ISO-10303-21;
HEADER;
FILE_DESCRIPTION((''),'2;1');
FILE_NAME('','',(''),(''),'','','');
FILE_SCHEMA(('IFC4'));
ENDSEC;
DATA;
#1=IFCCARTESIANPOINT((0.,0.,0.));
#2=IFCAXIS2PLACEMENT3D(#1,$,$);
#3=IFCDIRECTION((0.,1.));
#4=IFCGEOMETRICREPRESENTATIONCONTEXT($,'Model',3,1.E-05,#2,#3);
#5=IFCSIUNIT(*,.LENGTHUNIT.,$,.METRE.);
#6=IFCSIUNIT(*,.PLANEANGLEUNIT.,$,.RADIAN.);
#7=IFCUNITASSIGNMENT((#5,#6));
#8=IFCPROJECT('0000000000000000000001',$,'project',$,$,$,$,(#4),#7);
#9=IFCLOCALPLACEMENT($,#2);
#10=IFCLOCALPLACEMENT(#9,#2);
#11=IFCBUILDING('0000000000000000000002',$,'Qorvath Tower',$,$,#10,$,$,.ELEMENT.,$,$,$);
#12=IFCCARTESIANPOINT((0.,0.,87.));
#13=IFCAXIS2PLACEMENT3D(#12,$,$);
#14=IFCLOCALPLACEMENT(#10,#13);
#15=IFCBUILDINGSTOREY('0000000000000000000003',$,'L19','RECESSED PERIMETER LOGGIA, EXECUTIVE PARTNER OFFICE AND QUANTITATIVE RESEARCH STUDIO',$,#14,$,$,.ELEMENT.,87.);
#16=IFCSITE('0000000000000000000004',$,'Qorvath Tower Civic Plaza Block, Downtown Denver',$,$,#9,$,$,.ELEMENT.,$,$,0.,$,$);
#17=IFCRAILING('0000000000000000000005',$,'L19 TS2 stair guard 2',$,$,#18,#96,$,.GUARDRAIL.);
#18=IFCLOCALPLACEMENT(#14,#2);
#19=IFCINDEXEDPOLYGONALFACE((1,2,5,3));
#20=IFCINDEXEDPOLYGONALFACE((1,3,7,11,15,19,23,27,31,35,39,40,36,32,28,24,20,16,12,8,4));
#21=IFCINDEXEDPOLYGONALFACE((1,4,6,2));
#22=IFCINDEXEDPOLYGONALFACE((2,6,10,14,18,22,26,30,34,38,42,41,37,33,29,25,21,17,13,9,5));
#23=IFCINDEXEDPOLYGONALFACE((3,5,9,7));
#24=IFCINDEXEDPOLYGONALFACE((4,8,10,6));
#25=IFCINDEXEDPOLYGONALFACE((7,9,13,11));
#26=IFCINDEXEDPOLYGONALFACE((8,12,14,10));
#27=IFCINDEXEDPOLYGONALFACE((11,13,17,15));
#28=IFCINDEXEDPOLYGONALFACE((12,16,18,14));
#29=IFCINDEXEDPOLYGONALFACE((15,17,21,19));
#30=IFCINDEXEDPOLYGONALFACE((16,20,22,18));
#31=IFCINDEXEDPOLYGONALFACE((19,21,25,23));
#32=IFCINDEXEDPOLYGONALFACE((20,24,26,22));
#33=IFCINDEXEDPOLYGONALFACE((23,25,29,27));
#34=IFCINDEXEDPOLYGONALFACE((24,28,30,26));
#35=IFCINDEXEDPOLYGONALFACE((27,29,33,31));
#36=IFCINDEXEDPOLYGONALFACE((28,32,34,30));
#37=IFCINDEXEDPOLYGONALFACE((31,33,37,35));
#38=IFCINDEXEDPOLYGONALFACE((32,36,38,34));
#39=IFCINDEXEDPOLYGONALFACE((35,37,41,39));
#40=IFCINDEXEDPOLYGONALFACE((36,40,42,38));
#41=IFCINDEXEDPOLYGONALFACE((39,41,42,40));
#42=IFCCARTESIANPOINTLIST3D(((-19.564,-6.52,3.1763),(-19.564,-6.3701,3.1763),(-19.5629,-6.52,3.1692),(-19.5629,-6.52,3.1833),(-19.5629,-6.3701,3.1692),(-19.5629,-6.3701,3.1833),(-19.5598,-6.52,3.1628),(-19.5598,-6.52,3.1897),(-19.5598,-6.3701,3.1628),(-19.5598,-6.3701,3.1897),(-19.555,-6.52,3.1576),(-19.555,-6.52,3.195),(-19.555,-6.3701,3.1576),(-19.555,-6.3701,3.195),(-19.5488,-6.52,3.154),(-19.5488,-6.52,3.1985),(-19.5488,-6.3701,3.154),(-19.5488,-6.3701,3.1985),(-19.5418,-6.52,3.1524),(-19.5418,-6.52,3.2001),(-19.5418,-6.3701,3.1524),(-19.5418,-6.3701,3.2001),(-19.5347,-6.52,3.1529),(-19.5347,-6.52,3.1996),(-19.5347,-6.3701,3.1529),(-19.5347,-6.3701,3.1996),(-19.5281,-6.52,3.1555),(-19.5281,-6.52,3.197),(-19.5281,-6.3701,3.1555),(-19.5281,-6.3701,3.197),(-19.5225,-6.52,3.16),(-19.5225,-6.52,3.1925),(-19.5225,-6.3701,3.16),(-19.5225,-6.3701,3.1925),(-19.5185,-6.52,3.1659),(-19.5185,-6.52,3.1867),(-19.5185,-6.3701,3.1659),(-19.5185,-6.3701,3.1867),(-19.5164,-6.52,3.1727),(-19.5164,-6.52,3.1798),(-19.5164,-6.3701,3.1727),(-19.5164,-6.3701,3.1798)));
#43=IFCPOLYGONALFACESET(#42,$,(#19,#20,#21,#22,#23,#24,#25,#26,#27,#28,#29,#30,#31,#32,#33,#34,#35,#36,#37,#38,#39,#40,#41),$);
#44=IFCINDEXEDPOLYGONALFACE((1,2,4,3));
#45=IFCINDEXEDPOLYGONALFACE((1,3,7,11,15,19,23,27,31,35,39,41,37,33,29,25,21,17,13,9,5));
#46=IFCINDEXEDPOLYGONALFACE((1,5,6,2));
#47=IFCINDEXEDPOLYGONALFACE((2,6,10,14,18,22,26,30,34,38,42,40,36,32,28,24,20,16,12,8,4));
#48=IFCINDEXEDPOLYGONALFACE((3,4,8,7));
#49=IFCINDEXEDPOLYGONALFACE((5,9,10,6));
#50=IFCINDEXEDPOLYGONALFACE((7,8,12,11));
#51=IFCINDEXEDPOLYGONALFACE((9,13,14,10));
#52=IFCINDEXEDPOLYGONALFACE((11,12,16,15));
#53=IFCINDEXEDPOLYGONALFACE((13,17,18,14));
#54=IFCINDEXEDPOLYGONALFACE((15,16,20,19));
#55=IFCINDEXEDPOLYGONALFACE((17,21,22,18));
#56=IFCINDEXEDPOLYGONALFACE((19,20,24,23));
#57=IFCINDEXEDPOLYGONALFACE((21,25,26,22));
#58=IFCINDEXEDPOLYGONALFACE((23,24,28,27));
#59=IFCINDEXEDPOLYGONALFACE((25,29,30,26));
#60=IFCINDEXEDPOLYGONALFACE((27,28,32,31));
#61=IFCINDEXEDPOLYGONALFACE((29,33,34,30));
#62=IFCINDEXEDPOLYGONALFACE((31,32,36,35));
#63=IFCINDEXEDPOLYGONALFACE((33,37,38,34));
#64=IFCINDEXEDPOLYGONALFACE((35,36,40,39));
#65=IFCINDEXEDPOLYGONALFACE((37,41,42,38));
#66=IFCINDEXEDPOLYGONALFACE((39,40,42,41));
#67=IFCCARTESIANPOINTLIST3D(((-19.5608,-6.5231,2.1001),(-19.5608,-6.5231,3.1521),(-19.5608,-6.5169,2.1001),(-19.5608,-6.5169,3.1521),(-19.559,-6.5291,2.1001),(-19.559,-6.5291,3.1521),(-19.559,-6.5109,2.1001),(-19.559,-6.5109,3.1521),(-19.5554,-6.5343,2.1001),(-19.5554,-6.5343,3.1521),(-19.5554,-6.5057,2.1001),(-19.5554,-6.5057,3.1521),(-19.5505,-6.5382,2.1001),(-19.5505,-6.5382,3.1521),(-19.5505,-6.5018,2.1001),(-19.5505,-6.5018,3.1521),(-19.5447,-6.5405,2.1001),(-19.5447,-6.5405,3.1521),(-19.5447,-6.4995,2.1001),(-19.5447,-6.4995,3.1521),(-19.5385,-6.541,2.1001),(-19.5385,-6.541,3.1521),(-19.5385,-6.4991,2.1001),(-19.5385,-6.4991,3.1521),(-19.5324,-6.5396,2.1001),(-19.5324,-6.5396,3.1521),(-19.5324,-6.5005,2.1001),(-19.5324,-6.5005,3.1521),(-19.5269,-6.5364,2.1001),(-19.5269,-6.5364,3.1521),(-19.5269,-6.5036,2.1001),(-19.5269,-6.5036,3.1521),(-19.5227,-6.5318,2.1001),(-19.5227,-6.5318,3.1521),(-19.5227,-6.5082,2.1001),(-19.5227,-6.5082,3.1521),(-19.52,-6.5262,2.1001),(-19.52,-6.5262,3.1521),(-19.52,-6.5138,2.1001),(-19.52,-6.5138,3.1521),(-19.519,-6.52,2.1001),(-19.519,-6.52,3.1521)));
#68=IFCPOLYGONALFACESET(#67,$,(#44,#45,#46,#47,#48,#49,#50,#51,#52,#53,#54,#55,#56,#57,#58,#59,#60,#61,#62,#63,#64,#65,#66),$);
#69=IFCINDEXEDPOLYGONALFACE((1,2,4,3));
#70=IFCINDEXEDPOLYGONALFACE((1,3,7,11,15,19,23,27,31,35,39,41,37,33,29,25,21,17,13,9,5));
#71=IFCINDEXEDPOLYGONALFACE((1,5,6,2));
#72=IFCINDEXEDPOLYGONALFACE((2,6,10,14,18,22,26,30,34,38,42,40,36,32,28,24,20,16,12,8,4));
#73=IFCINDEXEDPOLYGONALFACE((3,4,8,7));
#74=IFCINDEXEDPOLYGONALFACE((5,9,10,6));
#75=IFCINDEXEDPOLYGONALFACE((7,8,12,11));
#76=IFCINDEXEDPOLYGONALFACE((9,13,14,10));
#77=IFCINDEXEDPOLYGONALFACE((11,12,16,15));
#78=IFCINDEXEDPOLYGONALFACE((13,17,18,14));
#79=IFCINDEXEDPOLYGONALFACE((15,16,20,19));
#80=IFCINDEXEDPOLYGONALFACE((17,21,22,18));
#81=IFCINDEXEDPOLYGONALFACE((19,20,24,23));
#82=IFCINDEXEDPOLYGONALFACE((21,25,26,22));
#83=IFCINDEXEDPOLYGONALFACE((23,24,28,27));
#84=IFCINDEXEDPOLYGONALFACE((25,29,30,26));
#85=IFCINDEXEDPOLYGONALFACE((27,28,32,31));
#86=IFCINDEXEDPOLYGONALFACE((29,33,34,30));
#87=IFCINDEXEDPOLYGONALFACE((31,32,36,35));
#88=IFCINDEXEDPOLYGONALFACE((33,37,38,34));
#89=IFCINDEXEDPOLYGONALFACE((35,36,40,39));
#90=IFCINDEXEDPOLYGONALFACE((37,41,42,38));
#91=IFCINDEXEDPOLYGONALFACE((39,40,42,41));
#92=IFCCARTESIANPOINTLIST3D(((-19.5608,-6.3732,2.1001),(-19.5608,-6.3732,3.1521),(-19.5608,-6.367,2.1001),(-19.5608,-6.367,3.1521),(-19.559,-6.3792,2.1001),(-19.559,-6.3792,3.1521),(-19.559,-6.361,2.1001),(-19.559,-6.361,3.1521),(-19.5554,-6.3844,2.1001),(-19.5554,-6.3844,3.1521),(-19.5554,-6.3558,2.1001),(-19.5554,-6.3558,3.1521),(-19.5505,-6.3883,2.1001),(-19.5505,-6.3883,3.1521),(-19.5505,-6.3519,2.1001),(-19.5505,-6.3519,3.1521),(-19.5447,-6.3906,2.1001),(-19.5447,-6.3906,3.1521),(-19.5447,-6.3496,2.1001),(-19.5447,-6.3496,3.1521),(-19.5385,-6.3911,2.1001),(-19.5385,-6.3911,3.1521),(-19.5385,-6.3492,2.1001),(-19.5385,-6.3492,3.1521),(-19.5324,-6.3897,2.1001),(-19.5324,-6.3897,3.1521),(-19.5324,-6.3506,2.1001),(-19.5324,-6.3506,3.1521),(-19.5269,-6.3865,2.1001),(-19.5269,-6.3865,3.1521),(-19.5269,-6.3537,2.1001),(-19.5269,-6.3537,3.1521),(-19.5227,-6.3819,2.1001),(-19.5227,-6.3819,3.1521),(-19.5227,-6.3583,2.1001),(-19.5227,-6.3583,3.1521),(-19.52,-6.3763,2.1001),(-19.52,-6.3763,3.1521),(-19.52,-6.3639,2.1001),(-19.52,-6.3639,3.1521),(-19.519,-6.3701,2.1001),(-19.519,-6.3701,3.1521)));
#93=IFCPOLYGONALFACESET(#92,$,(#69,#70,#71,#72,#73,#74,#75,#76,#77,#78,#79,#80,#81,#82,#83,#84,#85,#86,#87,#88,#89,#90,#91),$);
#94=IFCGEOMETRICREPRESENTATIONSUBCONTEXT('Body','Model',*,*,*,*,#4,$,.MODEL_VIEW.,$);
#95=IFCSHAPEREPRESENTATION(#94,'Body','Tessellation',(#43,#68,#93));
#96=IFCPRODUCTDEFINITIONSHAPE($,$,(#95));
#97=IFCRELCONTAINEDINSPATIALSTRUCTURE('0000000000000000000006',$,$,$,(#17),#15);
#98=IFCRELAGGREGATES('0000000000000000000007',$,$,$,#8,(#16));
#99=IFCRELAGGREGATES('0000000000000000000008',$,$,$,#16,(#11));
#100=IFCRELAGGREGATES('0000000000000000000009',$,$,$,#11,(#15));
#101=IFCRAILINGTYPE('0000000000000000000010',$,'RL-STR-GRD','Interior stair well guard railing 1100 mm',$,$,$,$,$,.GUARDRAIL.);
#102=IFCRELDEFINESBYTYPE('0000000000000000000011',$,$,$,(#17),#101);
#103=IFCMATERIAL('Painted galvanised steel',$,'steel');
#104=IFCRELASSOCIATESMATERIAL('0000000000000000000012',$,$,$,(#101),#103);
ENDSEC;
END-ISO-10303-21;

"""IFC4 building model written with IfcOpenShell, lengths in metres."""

from ifc_helpers import new_model, si_unit, direction, frame, origin, origin_2d, place, context, subcontext, project, spatial, circle, extrude, material, type_object, element, save


model = new_model("IFC4")

# Units and contexts
model_context = context("Model", 3, precision=1e-05, world=origin(), true_north=direction((0.0, 1.0)))
body_context = subcontext(model_context, "Body", "Model", "MODEL_VIEW")
ifc_project = project(units=[si_unit("LENGTHUNIT", "METRE"), si_unit("PLANEANGLEUNIT", "RADIAN")], contexts=[model_context])

# Site, building, storey
site_placement = place(None, origin())
site = spatial("IfcSite", under=ifc_project, at=site_placement, Name="Qorvath Tower Civic Plaza Block, Downtown Denver", CompositionType="ELEMENT", RefElevation=0.0)
building_placement = place(site_placement, origin())
building = spatial("IfcBuilding", under=site, at=building_placement, Name="Qorvath Tower", CompositionType="ELEMENT")
storey_placement = place(building_placement, frame((0.0, 0.0, 87.0)))
storey = spatial("IfcBuildingStorey", under=building, at=storey_placement, Name="L19", Description="RECESSED PERIMETER LOGGIA, EXECUTIVE PARTNER OFFICE AND QUANTITATIVE RESEARCH STUDIO", CompositionType="ELEMENT", Elevation=87.0)

# Railing
ifc_material_1 = material(Name="Painted galvanised steel", Category="steel")
railing_type = type_object("IfcRailingType", Name="RL-STR-GRD", Description="Interior stair well guard railing 1100 mm", PredefinedType="GUARDRAIL", material=ifc_material_1)
railing_1_placement = place(storey_placement, frame((-19.54, -6.52, 2.1001)))
element("IfcRailing", 1, at=railing_1_placement, inside=storey, type_object=railing_type, Name="L19 TS2 stair guard 2", PredefinedType="GUARDRAIL", context=body_context, shape_type="SweptSolid", body=[
    extrude(circle(Radius=0.0239, at=origin_2d()), frame((0.0, 0.0, 1.0762), z_axis=(0.0, 1.0, 0.0), x_axis=(-1.0, 0.0, 0.0)), (0.0, 0.0, 1.0), 0.1499),
    extrude(circle(Radius=0.021, at=origin_2d()), origin(), (0.0, 0.0, 1.0), 1.052),
    extrude(circle(Radius=0.021, at=origin_2d()), frame((0.0, 0.1499, 0.0)), (0.0, 0.0, 1.0), 1.052),
])

save(model, "model.ifc")
